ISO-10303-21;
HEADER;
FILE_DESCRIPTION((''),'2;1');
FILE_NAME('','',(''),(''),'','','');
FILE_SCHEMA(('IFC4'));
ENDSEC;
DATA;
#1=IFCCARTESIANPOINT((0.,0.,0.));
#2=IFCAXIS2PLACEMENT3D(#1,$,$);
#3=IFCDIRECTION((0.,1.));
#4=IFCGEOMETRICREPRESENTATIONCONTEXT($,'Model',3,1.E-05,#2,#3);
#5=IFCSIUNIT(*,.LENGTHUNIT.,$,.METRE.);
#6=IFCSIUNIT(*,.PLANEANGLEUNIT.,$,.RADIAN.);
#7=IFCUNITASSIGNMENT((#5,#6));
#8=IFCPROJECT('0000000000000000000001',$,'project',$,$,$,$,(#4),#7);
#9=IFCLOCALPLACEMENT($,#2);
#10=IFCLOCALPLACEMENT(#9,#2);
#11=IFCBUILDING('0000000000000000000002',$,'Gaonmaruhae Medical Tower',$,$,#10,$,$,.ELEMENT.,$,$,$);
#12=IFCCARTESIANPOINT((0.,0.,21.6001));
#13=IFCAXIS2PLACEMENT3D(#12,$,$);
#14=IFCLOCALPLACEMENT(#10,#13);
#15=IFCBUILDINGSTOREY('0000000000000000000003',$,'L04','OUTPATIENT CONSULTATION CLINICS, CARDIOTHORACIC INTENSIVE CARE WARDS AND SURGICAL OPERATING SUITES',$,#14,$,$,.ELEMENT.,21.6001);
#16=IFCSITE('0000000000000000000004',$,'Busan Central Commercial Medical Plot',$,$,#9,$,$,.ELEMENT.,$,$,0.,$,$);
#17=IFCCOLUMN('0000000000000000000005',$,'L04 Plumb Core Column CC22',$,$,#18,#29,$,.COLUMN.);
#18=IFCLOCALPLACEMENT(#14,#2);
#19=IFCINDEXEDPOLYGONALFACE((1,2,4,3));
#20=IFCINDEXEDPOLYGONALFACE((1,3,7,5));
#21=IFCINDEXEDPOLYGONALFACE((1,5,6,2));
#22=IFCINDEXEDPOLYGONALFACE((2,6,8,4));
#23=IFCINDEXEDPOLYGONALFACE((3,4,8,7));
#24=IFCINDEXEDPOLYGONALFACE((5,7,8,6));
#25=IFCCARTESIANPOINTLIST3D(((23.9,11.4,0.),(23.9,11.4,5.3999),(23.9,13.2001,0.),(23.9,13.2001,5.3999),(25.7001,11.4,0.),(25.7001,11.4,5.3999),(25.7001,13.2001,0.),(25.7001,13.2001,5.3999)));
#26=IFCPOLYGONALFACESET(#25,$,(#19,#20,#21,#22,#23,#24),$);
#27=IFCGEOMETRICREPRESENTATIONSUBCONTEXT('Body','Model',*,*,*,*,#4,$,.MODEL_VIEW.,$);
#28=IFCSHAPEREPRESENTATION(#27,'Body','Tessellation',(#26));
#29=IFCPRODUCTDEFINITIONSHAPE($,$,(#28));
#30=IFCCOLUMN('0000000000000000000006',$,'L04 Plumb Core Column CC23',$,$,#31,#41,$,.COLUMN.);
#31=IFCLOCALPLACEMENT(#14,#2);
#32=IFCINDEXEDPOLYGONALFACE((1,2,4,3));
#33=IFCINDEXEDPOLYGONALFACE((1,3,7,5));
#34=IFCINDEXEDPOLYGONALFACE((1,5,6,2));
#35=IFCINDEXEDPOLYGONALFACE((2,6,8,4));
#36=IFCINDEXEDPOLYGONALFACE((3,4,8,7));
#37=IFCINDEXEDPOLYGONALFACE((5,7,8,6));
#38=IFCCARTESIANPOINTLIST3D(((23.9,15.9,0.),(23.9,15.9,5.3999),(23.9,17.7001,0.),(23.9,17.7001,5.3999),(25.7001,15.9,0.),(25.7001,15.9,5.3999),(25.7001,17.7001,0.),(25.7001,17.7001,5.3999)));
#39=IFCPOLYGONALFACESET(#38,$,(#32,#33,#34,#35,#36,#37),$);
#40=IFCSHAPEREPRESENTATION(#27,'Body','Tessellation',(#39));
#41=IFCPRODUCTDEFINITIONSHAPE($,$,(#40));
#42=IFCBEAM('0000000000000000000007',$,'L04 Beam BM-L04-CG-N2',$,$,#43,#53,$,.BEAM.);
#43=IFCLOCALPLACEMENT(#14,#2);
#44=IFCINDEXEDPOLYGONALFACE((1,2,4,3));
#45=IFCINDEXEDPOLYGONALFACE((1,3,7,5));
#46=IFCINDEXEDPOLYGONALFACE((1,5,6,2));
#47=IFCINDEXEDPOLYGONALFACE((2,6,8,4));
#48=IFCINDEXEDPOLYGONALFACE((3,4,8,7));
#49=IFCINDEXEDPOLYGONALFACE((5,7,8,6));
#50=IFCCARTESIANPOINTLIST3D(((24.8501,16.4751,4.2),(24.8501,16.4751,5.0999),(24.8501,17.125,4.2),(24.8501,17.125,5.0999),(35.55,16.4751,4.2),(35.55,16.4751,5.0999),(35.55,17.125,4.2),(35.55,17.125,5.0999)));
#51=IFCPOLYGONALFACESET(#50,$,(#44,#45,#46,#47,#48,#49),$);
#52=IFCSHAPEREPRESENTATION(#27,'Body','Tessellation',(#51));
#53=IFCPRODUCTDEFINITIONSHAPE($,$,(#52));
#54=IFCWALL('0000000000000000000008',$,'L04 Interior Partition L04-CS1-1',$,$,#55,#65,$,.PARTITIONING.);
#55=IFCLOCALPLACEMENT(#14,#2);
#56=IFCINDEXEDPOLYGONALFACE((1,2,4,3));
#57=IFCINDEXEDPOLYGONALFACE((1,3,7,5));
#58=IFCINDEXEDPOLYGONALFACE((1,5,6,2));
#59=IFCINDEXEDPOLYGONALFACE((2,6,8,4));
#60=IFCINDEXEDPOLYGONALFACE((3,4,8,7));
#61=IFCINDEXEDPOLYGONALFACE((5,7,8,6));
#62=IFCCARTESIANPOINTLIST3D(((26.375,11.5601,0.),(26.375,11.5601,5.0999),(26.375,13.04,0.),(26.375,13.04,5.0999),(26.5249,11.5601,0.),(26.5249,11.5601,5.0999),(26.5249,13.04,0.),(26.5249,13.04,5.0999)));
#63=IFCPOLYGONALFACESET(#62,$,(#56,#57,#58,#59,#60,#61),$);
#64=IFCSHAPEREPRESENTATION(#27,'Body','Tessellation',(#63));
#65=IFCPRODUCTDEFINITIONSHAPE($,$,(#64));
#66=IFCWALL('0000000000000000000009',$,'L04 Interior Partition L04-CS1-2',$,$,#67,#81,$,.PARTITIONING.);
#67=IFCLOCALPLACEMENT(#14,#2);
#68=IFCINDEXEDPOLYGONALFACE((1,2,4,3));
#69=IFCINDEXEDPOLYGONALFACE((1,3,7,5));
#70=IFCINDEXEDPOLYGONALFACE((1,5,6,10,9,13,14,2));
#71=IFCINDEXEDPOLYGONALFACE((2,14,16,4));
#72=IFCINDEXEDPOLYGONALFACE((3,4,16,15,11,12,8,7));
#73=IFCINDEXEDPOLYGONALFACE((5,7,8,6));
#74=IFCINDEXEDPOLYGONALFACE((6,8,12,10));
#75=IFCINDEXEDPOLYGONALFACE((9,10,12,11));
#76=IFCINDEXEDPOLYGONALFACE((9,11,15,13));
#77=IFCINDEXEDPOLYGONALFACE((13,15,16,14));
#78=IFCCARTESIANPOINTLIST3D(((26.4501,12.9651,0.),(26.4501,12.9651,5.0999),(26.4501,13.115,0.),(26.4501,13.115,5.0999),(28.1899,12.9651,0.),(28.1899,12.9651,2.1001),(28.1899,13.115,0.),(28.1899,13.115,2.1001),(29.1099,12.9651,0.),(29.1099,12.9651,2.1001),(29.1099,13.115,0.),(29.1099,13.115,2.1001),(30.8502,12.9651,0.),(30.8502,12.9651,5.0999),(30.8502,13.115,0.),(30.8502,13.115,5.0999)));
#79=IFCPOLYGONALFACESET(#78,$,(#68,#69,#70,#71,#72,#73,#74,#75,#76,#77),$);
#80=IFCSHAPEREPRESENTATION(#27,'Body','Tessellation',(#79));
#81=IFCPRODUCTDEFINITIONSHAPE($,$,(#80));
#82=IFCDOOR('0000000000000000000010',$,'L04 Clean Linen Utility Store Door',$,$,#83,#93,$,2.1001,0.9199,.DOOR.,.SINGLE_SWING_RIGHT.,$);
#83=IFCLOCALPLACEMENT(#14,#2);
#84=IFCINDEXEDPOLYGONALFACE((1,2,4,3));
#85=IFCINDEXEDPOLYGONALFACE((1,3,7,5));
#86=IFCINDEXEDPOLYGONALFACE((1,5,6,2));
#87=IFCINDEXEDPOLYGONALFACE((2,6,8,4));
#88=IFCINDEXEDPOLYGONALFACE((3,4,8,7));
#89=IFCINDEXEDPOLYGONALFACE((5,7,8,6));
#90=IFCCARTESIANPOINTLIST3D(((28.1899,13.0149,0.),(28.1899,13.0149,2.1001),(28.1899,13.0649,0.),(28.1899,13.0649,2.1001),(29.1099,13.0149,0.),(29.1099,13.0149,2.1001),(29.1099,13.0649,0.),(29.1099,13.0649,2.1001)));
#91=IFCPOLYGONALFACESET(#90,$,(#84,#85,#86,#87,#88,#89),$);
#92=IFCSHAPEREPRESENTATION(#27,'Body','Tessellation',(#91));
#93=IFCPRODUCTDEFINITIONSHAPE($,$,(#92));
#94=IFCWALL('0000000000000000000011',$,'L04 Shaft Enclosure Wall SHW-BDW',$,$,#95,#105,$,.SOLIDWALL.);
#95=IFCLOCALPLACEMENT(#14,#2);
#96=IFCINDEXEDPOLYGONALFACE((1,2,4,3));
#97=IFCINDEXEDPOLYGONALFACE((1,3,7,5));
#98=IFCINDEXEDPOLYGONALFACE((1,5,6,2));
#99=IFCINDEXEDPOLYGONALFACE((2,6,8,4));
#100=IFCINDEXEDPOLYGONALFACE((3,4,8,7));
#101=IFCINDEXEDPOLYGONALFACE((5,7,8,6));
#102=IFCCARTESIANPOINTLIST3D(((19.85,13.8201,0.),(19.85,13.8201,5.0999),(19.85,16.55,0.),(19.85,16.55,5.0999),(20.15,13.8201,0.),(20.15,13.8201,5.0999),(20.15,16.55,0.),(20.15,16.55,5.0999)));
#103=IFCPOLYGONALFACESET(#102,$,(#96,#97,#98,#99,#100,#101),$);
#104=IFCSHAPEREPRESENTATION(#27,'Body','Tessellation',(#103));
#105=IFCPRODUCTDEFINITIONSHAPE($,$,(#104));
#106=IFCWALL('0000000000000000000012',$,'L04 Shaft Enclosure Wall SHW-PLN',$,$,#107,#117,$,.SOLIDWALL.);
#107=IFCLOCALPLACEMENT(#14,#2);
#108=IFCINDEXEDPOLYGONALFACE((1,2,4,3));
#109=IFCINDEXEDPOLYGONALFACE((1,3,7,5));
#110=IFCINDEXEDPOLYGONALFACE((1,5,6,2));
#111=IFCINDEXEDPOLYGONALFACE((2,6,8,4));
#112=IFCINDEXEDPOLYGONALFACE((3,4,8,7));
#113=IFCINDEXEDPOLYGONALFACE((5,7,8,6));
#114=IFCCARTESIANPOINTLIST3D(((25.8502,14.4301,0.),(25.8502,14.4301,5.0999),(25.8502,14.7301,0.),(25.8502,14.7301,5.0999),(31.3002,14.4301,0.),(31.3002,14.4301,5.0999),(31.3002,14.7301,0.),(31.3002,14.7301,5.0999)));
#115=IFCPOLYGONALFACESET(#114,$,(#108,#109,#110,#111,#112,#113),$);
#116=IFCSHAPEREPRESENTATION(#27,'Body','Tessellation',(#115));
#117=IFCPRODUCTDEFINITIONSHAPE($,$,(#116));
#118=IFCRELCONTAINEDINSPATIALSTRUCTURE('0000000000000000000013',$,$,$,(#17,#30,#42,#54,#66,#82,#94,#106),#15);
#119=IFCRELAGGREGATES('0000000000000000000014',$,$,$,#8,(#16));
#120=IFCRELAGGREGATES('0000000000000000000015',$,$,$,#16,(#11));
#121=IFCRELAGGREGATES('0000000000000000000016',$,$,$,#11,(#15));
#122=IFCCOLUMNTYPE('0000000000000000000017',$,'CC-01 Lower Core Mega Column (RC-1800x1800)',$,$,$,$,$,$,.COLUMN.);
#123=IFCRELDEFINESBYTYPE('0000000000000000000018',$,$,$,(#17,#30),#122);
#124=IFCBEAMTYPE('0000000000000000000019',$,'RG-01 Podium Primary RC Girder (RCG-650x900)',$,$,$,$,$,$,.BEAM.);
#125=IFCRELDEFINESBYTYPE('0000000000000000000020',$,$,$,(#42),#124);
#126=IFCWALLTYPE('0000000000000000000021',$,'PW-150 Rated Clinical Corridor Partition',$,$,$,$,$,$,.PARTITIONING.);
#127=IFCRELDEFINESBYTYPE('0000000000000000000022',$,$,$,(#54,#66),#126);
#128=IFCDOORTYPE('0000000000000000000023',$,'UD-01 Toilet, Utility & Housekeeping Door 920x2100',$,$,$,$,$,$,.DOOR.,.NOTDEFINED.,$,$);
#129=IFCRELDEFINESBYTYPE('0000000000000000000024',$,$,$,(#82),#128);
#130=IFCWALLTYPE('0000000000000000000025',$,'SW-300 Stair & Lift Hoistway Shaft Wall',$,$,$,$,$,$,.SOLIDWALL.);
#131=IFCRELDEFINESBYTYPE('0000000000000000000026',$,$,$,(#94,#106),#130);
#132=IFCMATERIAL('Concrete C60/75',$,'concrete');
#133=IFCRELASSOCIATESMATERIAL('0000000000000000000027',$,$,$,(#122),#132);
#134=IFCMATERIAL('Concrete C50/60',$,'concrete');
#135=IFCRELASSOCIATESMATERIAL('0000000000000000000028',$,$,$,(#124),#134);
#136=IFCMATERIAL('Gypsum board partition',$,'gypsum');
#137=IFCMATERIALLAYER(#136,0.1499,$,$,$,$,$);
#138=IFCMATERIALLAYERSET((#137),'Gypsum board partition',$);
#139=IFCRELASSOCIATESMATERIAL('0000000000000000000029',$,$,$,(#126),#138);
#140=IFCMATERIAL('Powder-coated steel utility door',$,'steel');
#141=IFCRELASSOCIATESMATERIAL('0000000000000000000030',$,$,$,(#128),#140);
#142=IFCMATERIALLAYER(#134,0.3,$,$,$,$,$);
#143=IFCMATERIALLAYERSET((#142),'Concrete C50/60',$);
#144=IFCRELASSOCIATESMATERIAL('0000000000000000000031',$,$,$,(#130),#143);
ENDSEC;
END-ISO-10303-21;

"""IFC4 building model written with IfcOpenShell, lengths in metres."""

from ifc_helpers import new_model, si_unit, direction, frame, frame_2d, origin, origin_2d, place, context, subcontext, project, spatial, rectangle, extrude, material, layer, layer_set, material_profile, profile_set, type_object, element, fill, save


model = new_model("IFC4")

# Units and contexts
model_context = context("Model", 3, precision=1e-05, world=origin(), true_north=direction((0.0, 1.0)))
body_context = subcontext(model_context, "Body", "Model", "MODEL_VIEW")
ifc_project = project(units=[si_unit("LENGTHUNIT", "METRE"), si_unit("PLANEANGLEUNIT", "RADIAN")], contexts=[model_context])

# Site, building, storey
site_placement = place(None, origin())
site = spatial("IfcSite", under=ifc_project, at=site_placement, Name="Busan Central Commercial Medical Plot", CompositionType="ELEMENT", RefElevation=0.0)
building_placement = place(site_placement, origin())
building = spatial("IfcBuilding", under=site, at=building_placement, Name="Gaonmaruhae Medical Tower", CompositionType="ELEMENT")
storey_placement = place(building_placement, frame((0.0, 0.0, 21.6001)))
storey = spatial("IfcBuildingStorey", under=building, at=storey_placement, Name="L04", Description="OUTPATIENT CONSULTATION CLINICS, CARDIOTHORACIC INTENSIVE CARE WARDS AND SURGICAL OPERATING SUITES", CompositionType="ELEMENT", Elevation=21.6001)

# Columns
ifc_material_1 = material(Name="Concrete C60/75", Category="concrete")
ifc_material_profile_1 = material_profile(ifc_material_1, rectangle(XDim=1.8, YDim=1.8, at=origin_2d()), Name="RC-1800x1800")
ifc_profile_set_1 = profile_set([ifc_material_profile_1], Name="Concrete C60/75")
column_type = type_object("IfcColumnType", Name="CC-01 Lower Core Mega Column (RC-1800x1800)", PredefinedType="COLUMN", material=ifc_profile_set_1)
for number, where, z_axis, x_axis, name in (
    (1, (24.8, 12.3, 0.0), (0.0, 0.0, 1.0), (1.0, 0.0, 0.0), "L04 Plumb Core Column CC22"),
    (2, (24.8, 16.8, 0.0), (0.0, 0.0, 1.0), (1.0, 0.0, 0.0), "L04 Plumb Core Column CC23"),
):
    element("IfcColumn", number, at=place(storey_placement, frame(where, z_axis=z_axis, x_axis=x_axis)), inside=storey, type_object=column_type, Name=name, PredefinedType="COLUMN", context=body_context, shape_type="SweptSolid", body=[
        extrude(rectangle(XDim=1.8, YDim=1.8, at=origin_2d()), origin(), (0.0, 0.0, 1.0), 5.3999),
    ])

# Beam
ifc_material_2 = material(Name="Concrete C50/60", Category="concrete")
ifc_material_profile_2 = material_profile(ifc_material_2, rectangle(XDim=0.6499, YDim=0.8999, at=origin_2d()), Name="RCG-650x900")
ifc_profile_set_2 = profile_set([ifc_material_profile_2], Name="Concrete C50/60")
beam_type = type_object("IfcBeamType", Name="RG-01 Podium Primary RC Girder (RCG-650x900)", PredefinedType="BEAM", material=ifc_profile_set_2)
beam_placement = place(storey_placement, frame((24.8501, 16.8, 4.6499), z_axis=(1.0, 0.0, 0.0), x_axis=(0.0, 1.0, 0.0)))
element("IfcBeam", 3, at=beam_placement, inside=storey, type_object=beam_type, Name="L04 Beam BM-L04-CG-N2", PredefinedType="BEAM", context=body_context, shape_type="SweptSolid", body=[
    extrude(rectangle(XDim=0.6499, YDim=0.8999, at=origin_2d()), origin(), (0.0, 0.0, 1.0), 10.7),
])

# Wall
ifc_material_3 = material(Name="Gypsum board partition", Category="gypsum")
ifc_layer_1 = layer(ifc_material_3, 0.1499)
ifc_layer_set_1 = layer_set([ifc_layer_1], Name="Gypsum board partition")
wall_type_1 = type_object("IfcWallType", Name="PW-150 Rated Clinical Corridor Partition", PredefinedType="PARTITIONING", material=ifc_layer_set_1)
wall_1_placement = place(storey_placement, frame((26.45, 11.5601, 0.0), z_axis=(0.0, 0.0, 1.0), x_axis=(0.0, 1.0, 0.0)))
element("IfcWall", 4, at=wall_1_placement, inside=storey, type_object=wall_type_1, Name="L04 Interior Partition L04-CS1-1", PredefinedType="PARTITIONING", context=body_context, shape_type="SweptSolid", body=[
    extrude(rectangle(XDim=1.48, YDim=0.1499, at=frame_2d((0.74, 0.0))), origin(), (0.0, 0.0, 1.0), 5.0999),
])

# Wall, opening, door
wall_2_placement = place(storey_placement, frame((26.45, 13.04, 0.0), z_axis=(0.0, 0.0, 1.0), x_axis=(1.0, 0.0, 0.0)))
wall_2 = element("IfcWall", 5, at=wall_2_placement, inside=storey, type_object=wall_type_1, Name="L04 Interior Partition L04-CS1-2", PredefinedType="PARTITIONING", context=body_context, shape_type="SweptSolid", body=[
    extrude(rectangle(XDim=4.4001, YDim=0.1499, at=frame_2d((2.2002, 0.0))), origin(), (0.0, 0.0, 1.0), 5.0999),
])
opening_1_placement = place(wall_2_placement, frame((1.74, 0.0, 0.0)))
opening_1 = element("IfcOpeningElement", 6, at=opening_1_placement, cuts=wall_2, PredefinedType="OPENING", context=body_context, shape_type="SweptSolid", body=[
    extrude(rectangle(XDim=0.9199, YDim=2.1001, at=frame_2d((0.46, 1.05))), frame((0.0, 0.085, 0.0), z_axis=(0.0, -1.0, 0.0), x_axis=(1.0, 0.0, 0.0)), (0.0, 0.0, 1.0), 0.1699),
])
ifc_material_4 = material(Name="Powder-coated steel utility door", Category="steel")
door_type_1 = type_object("IfcDoorType", Name="UD-01 Toilet, Utility & Housekeeping Door 920x2100", OperationType="NOTDEFINED", PredefinedType="DOOR", material=ifc_material_4)
door_1_placement = place(opening_1_placement, origin())
door_1 = element("IfcDoor", 7, at=door_1_placement, inside=storey, type_object=door_type_1, Name="L04 Clean Linen Utility Store Door", OperationType="SINGLE_SWING_RIGHT", OverallHeight=2.1001, OverallWidth=0.9199, PredefinedType="DOOR", context=body_context, shape_type="SweptSolid", body=[
    extrude(rectangle(XDim=0.9199, YDim=2.1001, at=frame_2d((0.46, 1.05))), frame((0.0, 0.0249, 0.0), z_axis=(0.0, -1.0, 0.0), x_axis=(1.0, 0.0, 0.0)), (0.0, 0.0, 1.0), 0.05),
])
fill(opening_1, door_1)

# Shared definitions
ifc_layer_2 = layer(ifc_material_2, 0.3)
ifc_layer_set_2 = layer_set([ifc_layer_2], Name="Concrete C50/60")
wall_type_2 = type_object("IfcWallType", Name="SW-300 Stair & Lift Hoistway Shaft Wall", PredefinedType="SOLIDWALL", material=ifc_layer_set_2)

# Wall
wall_3_placement = place(storey_placement, frame((20.0, 13.8201, 0.0), z_axis=(0.0, 0.0, 1.0), x_axis=(0.0, 1.0, 0.0)))
element("IfcWall", 8, at=wall_3_placement, inside=storey, type_object=wall_type_2, Name="L04 Shaft Enclosure Wall SHW-BDW", PredefinedType="SOLIDWALL", context=body_context, shape_type="SweptSolid", body=[
    extrude(rectangle(XDim=2.73, YDim=0.3, at=frame_2d((1.365, 0.0))), origin(), (0.0, 0.0, 1.0), 5.0999),
])

# Wall
wall_4_placement = place(storey_placement, frame((25.8501, 14.5801, 0.0), z_axis=(0.0, 0.0, 1.0), x_axis=(1.0, 0.0, 0.0)))
element("IfcWall", 9, at=wall_4_placement, inside=storey, type_object=wall_type_2, Name="L04 Shaft Enclosure Wall SHW-PLN", PredefinedType="SOLIDWALL", context=body_context, shape_type="SweptSolid", body=[
    extrude(rectangle(XDim=5.45, YDim=0.3, at=frame_2d((2.7251, 0.0))), origin(), (0.0, 0.0, 1.0), 5.0999),
])

save(model, "model.ifc")
